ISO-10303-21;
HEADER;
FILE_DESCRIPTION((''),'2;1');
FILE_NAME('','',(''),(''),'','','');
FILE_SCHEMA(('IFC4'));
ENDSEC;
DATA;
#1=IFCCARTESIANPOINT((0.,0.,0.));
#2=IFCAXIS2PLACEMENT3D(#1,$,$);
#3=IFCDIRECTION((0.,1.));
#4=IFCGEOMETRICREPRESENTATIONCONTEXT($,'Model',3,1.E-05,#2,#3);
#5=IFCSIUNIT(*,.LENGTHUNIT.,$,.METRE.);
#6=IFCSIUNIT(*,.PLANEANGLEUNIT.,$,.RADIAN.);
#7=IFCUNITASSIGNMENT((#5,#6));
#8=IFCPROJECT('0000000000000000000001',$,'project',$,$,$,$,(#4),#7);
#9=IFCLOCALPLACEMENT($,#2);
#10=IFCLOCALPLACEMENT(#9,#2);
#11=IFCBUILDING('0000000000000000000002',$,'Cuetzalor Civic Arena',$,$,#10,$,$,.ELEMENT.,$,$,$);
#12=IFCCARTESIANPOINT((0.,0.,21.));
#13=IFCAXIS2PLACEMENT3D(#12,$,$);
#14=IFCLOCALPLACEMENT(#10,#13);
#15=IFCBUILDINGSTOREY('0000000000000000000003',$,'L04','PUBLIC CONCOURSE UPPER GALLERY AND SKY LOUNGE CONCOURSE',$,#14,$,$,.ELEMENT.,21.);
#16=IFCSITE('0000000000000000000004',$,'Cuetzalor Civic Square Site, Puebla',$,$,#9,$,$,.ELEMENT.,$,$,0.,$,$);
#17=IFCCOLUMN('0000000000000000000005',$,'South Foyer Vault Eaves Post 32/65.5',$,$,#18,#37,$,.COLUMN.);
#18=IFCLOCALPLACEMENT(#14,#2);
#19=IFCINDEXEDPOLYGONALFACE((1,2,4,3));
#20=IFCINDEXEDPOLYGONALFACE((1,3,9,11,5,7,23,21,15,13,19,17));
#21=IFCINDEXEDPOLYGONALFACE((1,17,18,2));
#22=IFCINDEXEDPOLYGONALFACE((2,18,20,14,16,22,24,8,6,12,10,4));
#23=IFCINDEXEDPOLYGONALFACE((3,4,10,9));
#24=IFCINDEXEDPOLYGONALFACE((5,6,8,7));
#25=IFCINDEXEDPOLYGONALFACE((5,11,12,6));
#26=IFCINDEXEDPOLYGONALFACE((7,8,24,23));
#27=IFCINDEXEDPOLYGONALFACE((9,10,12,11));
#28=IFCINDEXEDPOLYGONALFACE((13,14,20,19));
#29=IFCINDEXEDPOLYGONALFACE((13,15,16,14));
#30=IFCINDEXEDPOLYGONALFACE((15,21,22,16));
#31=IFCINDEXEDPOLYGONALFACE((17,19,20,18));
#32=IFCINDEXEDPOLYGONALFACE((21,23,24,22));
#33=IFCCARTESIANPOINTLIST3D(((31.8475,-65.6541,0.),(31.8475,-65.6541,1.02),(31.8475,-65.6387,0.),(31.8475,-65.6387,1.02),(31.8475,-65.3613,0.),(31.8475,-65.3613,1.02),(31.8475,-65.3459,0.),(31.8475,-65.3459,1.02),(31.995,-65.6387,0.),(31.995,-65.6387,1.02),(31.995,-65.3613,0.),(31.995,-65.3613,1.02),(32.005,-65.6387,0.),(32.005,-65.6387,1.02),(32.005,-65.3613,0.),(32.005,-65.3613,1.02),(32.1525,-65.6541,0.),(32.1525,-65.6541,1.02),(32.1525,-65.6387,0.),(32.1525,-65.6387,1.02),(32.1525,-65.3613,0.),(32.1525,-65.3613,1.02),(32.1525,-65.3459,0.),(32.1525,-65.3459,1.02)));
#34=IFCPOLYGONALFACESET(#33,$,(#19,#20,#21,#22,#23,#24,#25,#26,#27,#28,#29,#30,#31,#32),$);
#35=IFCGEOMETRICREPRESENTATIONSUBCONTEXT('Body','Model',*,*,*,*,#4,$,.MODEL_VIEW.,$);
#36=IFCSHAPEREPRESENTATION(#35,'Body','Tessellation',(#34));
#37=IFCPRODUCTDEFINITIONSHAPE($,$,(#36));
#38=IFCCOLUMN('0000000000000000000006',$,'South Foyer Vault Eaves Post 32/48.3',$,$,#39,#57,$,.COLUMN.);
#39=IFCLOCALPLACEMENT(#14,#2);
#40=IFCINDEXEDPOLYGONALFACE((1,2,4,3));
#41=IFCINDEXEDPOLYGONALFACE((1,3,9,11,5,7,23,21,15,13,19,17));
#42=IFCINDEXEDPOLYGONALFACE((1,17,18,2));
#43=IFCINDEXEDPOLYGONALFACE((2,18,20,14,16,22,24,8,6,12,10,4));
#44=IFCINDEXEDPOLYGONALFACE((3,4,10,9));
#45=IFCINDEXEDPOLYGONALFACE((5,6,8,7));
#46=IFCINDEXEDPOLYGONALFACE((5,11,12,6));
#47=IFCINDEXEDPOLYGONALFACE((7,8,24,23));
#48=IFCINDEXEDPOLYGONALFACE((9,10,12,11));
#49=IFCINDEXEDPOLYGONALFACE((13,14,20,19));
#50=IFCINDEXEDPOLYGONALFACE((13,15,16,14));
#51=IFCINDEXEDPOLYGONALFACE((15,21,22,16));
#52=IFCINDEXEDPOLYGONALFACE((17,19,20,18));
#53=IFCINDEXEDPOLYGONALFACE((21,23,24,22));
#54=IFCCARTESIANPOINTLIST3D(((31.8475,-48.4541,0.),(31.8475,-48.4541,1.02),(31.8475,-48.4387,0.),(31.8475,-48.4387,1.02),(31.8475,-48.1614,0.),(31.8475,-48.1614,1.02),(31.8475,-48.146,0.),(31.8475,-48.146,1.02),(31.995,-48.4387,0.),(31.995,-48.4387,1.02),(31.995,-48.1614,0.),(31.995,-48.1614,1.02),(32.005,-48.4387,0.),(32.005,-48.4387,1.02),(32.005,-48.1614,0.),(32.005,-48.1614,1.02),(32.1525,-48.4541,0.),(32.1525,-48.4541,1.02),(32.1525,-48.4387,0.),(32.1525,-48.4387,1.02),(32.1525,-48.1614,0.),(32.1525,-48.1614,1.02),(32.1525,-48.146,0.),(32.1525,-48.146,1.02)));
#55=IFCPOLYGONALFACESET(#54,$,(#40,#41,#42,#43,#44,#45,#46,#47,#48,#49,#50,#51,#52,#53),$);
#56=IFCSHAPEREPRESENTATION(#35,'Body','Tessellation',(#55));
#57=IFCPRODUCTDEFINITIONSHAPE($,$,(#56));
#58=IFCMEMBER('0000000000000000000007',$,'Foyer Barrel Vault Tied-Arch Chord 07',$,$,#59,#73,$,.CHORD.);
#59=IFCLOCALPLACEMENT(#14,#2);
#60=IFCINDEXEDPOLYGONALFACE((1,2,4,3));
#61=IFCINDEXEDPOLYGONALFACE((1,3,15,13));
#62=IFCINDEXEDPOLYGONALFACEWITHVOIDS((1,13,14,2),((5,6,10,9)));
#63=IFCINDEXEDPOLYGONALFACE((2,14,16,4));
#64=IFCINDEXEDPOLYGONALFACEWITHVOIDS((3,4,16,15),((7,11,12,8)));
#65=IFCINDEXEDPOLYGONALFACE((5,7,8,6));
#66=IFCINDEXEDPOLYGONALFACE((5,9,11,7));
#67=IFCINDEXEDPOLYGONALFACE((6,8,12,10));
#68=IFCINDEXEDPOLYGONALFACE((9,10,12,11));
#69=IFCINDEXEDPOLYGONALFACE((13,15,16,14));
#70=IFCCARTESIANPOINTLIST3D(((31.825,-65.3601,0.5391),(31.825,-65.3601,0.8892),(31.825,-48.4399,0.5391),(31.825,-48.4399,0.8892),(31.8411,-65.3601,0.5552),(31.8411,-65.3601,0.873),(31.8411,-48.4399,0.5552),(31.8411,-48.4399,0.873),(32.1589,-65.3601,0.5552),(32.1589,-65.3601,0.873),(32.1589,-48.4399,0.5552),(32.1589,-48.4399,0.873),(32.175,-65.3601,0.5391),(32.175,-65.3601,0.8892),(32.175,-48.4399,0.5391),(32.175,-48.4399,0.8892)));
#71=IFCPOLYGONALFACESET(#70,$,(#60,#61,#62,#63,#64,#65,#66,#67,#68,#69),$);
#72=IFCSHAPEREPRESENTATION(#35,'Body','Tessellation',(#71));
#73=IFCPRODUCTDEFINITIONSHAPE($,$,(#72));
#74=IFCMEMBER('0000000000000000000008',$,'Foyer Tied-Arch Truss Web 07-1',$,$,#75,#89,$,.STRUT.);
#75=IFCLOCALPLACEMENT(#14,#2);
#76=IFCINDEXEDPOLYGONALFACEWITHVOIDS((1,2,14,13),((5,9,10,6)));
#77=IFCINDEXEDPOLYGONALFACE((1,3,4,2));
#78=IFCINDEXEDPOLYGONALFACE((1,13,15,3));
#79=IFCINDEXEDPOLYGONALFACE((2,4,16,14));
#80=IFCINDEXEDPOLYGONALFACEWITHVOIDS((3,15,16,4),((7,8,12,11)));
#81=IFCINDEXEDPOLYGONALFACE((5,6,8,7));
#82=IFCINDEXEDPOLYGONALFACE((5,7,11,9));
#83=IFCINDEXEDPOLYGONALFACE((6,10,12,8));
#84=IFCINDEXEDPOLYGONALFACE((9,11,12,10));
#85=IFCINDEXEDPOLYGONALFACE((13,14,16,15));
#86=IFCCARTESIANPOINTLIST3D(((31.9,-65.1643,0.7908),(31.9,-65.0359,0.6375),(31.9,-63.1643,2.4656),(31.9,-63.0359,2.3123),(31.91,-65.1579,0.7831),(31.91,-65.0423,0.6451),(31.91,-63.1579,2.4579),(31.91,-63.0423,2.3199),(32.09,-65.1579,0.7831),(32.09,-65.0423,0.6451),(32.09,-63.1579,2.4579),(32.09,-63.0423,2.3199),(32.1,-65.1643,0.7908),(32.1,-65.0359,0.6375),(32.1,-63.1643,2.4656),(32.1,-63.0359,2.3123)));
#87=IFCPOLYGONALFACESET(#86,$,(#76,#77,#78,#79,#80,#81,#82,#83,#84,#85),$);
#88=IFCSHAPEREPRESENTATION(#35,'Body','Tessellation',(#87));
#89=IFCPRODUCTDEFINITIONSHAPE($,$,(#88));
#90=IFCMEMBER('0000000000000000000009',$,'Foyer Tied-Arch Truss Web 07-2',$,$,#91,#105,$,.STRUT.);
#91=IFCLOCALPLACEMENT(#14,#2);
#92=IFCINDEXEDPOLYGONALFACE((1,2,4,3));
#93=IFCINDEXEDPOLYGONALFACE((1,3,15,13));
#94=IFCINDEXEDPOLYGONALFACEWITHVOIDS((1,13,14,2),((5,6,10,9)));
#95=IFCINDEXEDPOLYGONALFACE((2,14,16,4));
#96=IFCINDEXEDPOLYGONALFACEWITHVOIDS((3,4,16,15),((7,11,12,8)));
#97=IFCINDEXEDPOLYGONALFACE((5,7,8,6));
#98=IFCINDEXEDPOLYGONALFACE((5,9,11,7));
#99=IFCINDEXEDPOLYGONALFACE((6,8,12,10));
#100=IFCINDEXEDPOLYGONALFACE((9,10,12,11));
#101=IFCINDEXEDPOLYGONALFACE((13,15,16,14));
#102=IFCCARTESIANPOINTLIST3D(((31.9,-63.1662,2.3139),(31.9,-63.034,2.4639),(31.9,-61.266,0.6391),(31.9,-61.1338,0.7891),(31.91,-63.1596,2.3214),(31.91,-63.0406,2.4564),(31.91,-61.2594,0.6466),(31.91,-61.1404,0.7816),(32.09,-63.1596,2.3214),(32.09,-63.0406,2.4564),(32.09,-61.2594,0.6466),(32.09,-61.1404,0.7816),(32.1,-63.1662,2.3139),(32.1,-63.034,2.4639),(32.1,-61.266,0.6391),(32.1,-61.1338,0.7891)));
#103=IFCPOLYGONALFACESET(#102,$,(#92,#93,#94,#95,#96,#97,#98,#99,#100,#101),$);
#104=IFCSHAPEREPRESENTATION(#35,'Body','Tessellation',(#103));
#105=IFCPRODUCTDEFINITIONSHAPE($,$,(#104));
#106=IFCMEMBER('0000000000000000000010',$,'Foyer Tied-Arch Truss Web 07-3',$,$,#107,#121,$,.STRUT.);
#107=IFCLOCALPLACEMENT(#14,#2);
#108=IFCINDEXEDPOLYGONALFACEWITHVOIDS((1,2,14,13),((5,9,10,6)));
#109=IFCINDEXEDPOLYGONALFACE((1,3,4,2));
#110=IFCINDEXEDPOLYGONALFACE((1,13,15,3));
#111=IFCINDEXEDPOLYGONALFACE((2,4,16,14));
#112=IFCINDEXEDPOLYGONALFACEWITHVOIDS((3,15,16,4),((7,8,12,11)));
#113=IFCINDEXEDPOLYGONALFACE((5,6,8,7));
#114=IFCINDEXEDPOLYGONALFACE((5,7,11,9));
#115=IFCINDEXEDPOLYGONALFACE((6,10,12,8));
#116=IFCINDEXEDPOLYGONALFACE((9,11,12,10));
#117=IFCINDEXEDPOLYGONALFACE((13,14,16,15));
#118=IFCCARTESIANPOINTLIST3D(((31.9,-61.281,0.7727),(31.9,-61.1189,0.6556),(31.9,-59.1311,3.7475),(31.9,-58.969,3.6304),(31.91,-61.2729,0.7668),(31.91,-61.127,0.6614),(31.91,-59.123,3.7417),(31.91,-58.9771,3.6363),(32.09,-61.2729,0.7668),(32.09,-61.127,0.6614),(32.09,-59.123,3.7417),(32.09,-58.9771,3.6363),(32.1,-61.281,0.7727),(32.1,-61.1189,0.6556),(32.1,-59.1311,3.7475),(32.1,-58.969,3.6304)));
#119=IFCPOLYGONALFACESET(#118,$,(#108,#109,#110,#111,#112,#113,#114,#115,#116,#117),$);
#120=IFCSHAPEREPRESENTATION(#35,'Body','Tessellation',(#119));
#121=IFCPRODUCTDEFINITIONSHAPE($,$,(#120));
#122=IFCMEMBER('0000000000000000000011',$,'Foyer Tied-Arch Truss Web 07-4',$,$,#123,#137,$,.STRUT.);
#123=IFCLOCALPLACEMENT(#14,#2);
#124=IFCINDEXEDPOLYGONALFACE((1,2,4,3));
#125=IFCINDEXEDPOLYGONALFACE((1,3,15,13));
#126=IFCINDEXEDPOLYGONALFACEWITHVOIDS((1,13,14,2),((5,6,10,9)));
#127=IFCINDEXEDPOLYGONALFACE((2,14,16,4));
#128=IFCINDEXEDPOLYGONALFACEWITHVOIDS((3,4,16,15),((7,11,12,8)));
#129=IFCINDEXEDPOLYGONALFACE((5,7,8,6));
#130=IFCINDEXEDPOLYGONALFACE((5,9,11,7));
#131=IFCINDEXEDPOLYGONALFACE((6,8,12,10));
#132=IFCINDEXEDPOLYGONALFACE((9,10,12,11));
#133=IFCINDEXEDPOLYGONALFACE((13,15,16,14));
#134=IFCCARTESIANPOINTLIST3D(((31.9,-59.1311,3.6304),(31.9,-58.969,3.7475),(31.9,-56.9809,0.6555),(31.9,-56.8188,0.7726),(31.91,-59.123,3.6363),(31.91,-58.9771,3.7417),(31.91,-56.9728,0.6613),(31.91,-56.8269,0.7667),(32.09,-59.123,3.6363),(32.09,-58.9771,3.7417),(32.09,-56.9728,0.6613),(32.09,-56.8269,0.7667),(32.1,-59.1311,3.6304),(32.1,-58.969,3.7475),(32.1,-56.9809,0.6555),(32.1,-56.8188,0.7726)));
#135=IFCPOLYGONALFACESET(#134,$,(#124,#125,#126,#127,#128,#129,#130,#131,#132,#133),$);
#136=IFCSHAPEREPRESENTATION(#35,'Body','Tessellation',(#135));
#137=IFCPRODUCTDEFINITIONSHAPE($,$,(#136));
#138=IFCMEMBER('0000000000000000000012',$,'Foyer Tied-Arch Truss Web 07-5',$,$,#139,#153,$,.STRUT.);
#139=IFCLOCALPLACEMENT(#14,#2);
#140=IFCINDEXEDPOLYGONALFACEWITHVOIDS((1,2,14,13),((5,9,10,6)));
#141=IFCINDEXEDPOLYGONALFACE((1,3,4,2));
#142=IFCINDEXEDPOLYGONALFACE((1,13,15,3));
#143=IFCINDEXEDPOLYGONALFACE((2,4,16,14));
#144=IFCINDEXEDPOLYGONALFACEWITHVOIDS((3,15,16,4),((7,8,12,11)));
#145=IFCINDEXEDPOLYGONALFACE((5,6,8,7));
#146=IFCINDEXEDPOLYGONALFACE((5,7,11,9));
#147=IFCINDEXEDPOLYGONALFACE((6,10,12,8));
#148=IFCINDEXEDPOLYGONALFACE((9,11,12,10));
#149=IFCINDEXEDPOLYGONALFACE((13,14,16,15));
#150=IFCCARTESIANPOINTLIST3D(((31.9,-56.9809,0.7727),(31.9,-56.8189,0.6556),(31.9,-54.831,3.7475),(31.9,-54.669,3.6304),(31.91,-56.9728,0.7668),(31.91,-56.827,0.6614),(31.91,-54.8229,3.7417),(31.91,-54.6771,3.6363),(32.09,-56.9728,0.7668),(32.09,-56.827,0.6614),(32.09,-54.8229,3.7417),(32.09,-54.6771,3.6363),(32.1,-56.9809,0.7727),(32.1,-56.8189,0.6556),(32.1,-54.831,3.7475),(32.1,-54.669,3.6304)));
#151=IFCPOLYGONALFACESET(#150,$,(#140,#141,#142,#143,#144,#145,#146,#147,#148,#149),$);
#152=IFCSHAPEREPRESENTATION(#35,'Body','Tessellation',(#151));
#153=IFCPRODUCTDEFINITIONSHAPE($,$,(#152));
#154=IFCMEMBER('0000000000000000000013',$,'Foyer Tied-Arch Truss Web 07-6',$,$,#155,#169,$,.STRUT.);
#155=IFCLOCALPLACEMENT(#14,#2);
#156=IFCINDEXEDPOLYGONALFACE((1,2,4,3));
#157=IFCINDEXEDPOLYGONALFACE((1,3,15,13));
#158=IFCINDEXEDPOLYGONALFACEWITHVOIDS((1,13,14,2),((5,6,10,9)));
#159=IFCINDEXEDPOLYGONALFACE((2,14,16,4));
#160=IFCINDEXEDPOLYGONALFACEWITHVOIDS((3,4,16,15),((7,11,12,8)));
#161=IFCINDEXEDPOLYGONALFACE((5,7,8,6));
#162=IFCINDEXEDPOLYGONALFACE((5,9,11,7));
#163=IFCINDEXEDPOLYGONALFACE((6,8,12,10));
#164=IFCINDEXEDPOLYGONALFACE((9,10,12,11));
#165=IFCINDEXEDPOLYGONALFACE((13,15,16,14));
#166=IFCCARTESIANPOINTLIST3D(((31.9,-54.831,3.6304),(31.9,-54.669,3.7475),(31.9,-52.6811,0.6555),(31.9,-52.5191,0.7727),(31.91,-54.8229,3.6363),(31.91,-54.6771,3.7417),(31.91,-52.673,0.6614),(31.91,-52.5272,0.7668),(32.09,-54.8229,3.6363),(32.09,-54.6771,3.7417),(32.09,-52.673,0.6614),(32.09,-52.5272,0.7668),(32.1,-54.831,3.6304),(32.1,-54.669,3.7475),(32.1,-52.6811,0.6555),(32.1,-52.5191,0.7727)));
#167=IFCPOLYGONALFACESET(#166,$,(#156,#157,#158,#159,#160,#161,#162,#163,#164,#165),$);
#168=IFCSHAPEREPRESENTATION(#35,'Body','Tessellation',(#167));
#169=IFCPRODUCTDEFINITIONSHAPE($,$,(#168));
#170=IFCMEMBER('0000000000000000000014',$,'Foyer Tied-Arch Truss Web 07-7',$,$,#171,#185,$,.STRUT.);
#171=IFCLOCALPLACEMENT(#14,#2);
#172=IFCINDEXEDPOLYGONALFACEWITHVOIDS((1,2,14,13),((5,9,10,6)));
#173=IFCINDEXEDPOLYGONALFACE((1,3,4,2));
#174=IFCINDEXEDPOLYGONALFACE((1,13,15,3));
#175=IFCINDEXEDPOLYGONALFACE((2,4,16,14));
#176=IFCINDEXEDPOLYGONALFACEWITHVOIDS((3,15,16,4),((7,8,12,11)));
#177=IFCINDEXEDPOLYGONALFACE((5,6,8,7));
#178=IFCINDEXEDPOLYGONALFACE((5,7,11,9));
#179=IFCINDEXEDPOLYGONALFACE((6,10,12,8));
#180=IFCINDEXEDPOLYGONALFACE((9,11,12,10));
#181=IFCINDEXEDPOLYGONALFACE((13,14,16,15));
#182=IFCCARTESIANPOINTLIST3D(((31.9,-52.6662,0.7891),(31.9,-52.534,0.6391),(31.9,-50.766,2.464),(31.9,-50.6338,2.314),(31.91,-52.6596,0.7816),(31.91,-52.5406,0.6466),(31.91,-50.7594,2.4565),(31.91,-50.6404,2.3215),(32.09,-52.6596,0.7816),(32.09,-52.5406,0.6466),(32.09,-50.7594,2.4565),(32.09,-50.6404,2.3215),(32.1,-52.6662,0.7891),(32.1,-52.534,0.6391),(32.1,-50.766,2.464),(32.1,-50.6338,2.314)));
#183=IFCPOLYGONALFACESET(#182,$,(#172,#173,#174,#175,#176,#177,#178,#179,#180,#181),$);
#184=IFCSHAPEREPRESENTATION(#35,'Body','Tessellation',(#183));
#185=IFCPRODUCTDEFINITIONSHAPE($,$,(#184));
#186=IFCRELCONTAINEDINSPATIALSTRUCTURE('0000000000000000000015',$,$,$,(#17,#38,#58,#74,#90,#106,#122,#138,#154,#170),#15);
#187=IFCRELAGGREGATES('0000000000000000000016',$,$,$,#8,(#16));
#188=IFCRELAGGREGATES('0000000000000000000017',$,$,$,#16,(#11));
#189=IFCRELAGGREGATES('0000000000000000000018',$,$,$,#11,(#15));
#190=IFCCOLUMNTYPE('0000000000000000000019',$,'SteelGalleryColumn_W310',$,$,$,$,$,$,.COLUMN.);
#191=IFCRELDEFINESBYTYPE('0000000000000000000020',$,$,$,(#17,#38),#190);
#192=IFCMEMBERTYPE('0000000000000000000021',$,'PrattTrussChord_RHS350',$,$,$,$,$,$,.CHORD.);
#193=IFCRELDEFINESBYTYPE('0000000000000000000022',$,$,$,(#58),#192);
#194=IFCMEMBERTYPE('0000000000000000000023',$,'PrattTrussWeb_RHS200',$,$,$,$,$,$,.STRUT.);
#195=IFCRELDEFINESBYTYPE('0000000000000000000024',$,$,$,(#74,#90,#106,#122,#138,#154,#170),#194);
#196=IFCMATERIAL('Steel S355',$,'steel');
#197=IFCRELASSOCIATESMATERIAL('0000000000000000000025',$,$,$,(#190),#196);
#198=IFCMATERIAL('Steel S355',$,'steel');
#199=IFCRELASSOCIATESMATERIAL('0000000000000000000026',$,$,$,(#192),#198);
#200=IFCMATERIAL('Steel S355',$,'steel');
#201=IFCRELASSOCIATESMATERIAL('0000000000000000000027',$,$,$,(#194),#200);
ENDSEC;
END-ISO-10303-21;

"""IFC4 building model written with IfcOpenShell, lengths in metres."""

from ifc_helpers import new_model, si_unit, direction, frame, origin, origin_2d, place, context, subcontext, project, spatial, hollow_rectangle, i_section, extrude, material, material_profile, profile_set, type_object, element, save


model = new_model("IFC4")

# Units and contexts
model_context = context("Model", 3, precision=1e-05, world=origin(), true_north=direction((0.0, 1.0)))
body_context = subcontext(model_context, "Body", "Model", "MODEL_VIEW")
ifc_project = project(units=[si_unit("LENGTHUNIT", "METRE"), si_unit("PLANEANGLEUNIT", "RADIAN")], contexts=[model_context])

# Site, building, storey
site_placement = place(None, origin())
site = spatial("IfcSite", under=ifc_project, at=site_placement, Name="Cuetzalor Civic Square Site, Puebla", CompositionType="ELEMENT", RefElevation=0.0)
building_placement = place(site_placement, origin())
building = spatial("IfcBuilding", under=site, at=building_placement, Name="Cuetzalor Civic Arena", CompositionType="ELEMENT")
storey_placement = place(building_placement, frame((0.0, 0.0, 21.0)))
storey = spatial("IfcBuildingStorey", under=building, at=storey_placement, Name="L04", Description="PUBLIC CONCOURSE UPPER GALLERY AND SKY LOUNGE CONCOURSE", CompositionType="ELEMENT", Elevation=21.0)

# Columns
ifc_material_1 = material(Name="Steel S355", Category="steel")
ifc_material_profile_1 = material_profile(ifc_material_1, i_section(OverallWidth=0.3049, OverallDepth=0.3081, WebThickness=0.01, FlangeThickness=0.0154, at=origin_2d()), Name="W310x97")
ifc_profile_set_1 = profile_set([ifc_material_profile_1], Name="Steel S355")
column_type = type_object("IfcColumnType", Name="SteelGalleryColumn_W310", PredefinedType="COLUMN", material=ifc_profile_set_1)
for number, where, z_axis, x_axis, name in (
    (1, (32.0, -65.5, 0.0), (0.0, 0.0, 1.0), (1.0, 0.0, 0.0), "South Foyer Vault Eaves Post 32/65.5"),
    (2, (32.0, -48.3, 0.0), (0.0, 0.0, 1.0), (1.0, 0.0, 0.0), "South Foyer Vault Eaves Post 32/48.3"),
):
    element("IfcColumn", number, at=place(storey_placement, frame(where, z_axis=z_axis, x_axis=x_axis)), inside=storey, type_object=column_type, Name=name, PredefinedType="COLUMN", context=body_context, shape_type="SweptSolid", body=[
        extrude(i_section(OverallWidth=0.3049, OverallDepth=0.3081, WebThickness=0.01, FlangeThickness=0.0154, at=origin_2d()), origin(), (0.0, 0.0, 1.0), 1.02),
    ])

# Members
ifc_material_2 = material(Name="Steel S355", Category="steel")
ifc_material_profile_2 = material_profile(ifc_material_2, hollow_rectangle(XDim=0.3501, YDim=0.3501, WallThickness=0.0161, at=origin_2d()), Name="RHS 350x350x16")
ifc_profile_set_2 = profile_set([ifc_material_profile_2], Name="Steel S355")
member_type_1 = type_object("IfcMemberType", Name="PrattTrussChord_RHS350", PredefinedType="CHORD", material=ifc_profile_set_2)
member_1_placement = place(storey_placement, frame((32.0, -65.3601, 0.7141), z_axis=(0.0, 1.0, 0.0), x_axis=(-1.0, 0.0, 0.0)))
element("IfcMember", 3, at=member_1_placement, inside=storey, type_object=member_type_1, Name="Foyer Barrel Vault Tied-Arch Chord 07", PredefinedType="CHORD", context=body_context, shape_type="SweptSolid", body=[
    extrude(hollow_rectangle(XDim=0.3501, YDim=0.3501, WallThickness=0.0161, at=origin_2d()), origin(), (0.0, 0.0, 1.0), 16.9202),
])
ifc_material_3 = material(Name="Steel S355", Category="steel")
ifc_material_profile_3 = material_profile(ifc_material_3, hollow_rectangle(XDim=0.2, YDim=0.2, WallThickness=0.01, at=origin_2d()), Name="RHS 200x200x10")
ifc_profile_set_3 = profile_set([ifc_material_profile_3], Name="Steel S355")
member_type_2 = type_object("IfcMemberType", Name="PrattTrussWeb_RHS200", PredefinedType="STRUT", material=ifc_profile_set_3)
member_2_placement = place(storey_placement, frame((32.0, -65.1001, 0.7141), z_axis=(0.0, 0.766685, 0.642024), x_axis=(-1.0, 0.0, 0.0)))
element("IfcMember", 4, at=member_2_placement, inside=storey, type_object=member_type_2, Name="Foyer Tied-Arch Truss Web 07-1", PredefinedType="STRUT", context=body_context, shape_type="SweptSolid", body=[
    extrude(hollow_rectangle(XDim=0.2, YDim=0.2, WallThickness=0.01, at=origin_2d()), origin(), (0.0, 0.0, 1.0), 2.6086),
])
member_3_placement = place(storey_placement, frame((32.0, -63.1001, 2.3889), z_axis=(0.0, 0.750189, -0.661223), x_axis=(-1.0, 0.0, 0.0)))
element("IfcMember", 5, at=member_3_placement, inside=storey, type_object=member_type_2, Name="Foyer Tied-Arch Truss Web 07-2", PredefinedType="STRUT", context=body_context, shape_type="SweptSolid", body=[
    extrude(hollow_rectangle(XDim=0.2, YDim=0.2, WallThickness=0.01, at=origin_2d()), origin(), (0.0, 0.0, 1.0), 2.533),
])
member_4_placement = place(storey_placement, frame((32.0, -61.2, 0.7141), z_axis=(0.0, 0.585741, 0.810499), x_axis=(-1.0, 0.0, 0.0)))
element("IfcMember", 6, at=member_4_placement, inside=storey, type_object=member_type_2, Name="Foyer Tied-Arch Truss Web 07-3", PredefinedType="STRUT", context=body_context, shape_type="SweptSolid", body=[
    extrude(hollow_rectangle(XDim=0.2, YDim=0.2, WallThickness=0.01, at=origin_2d()), origin(), (0.0, 0.0, 1.0), 3.6704),
])
member_5_placement = place(storey_placement, frame((32.0, -59.05, 3.689), z_axis=(0.0, 0.585784, -0.810467), x_axis=(-1.0, 0.0, 0.0)))
element("IfcMember", 7, at=member_5_placement, inside=storey, type_object=member_type_2, Name="Foyer Tied-Arch Truss Web 07-4", PredefinedType="STRUT", context=body_context, shape_type="SweptSolid", body=[
    extrude(hollow_rectangle(XDim=0.2, YDim=0.2, WallThickness=0.01, at=origin_2d()), origin(), (0.0, 0.0, 1.0), 3.6707),
])
for number, where, z_axis, x_axis, name in (
    (8, (32.0, -56.8999, 0.7141), (0.0, 0.585741, 0.810499), (-1.0, 0.0, 0.0), "Foyer Tied-Arch Truss Web 07-5"),
    (9, (32.0, -54.75, 3.689), (0.0, 0.585741, -0.810499), (-1.0, 0.0, 0.0), "Foyer Tied-Arch Truss Web 07-6"),
):
    element("IfcMember", number, at=place(storey_placement, frame(where, z_axis=z_axis, x_axis=x_axis)), inside=storey, type_object=member_type_2, Name=name, PredefinedType="STRUT", context=body_context, shape_type="SweptSolid", body=[
        extrude(hollow_rectangle(XDim=0.2, YDim=0.2, WallThickness=0.01, at=origin_2d()), origin(), (0.0, 0.0, 1.0), 3.6704),
    ])
member_6_placement = place(storey_placement, frame((32.0, -52.6001, 0.7141), z_axis=(0.0, 0.750189, 0.661223), x_axis=(-1.0, 0.0, 0.0)))
element("IfcMember", 10, at=member_6_placement, inside=storey, type_object=member_type_2, Name="Foyer Tied-Arch Truss Web 07-7", PredefinedType="STRUT", context=body_context, shape_type="SweptSolid", body=[
    extrude(hollow_rectangle(XDim=0.2, YDim=0.2, WallThickness=0.01, at=origin_2d()), origin(), (0.0, 0.0, 1.0), 2.533),
])

save(model, "model.ifc")
